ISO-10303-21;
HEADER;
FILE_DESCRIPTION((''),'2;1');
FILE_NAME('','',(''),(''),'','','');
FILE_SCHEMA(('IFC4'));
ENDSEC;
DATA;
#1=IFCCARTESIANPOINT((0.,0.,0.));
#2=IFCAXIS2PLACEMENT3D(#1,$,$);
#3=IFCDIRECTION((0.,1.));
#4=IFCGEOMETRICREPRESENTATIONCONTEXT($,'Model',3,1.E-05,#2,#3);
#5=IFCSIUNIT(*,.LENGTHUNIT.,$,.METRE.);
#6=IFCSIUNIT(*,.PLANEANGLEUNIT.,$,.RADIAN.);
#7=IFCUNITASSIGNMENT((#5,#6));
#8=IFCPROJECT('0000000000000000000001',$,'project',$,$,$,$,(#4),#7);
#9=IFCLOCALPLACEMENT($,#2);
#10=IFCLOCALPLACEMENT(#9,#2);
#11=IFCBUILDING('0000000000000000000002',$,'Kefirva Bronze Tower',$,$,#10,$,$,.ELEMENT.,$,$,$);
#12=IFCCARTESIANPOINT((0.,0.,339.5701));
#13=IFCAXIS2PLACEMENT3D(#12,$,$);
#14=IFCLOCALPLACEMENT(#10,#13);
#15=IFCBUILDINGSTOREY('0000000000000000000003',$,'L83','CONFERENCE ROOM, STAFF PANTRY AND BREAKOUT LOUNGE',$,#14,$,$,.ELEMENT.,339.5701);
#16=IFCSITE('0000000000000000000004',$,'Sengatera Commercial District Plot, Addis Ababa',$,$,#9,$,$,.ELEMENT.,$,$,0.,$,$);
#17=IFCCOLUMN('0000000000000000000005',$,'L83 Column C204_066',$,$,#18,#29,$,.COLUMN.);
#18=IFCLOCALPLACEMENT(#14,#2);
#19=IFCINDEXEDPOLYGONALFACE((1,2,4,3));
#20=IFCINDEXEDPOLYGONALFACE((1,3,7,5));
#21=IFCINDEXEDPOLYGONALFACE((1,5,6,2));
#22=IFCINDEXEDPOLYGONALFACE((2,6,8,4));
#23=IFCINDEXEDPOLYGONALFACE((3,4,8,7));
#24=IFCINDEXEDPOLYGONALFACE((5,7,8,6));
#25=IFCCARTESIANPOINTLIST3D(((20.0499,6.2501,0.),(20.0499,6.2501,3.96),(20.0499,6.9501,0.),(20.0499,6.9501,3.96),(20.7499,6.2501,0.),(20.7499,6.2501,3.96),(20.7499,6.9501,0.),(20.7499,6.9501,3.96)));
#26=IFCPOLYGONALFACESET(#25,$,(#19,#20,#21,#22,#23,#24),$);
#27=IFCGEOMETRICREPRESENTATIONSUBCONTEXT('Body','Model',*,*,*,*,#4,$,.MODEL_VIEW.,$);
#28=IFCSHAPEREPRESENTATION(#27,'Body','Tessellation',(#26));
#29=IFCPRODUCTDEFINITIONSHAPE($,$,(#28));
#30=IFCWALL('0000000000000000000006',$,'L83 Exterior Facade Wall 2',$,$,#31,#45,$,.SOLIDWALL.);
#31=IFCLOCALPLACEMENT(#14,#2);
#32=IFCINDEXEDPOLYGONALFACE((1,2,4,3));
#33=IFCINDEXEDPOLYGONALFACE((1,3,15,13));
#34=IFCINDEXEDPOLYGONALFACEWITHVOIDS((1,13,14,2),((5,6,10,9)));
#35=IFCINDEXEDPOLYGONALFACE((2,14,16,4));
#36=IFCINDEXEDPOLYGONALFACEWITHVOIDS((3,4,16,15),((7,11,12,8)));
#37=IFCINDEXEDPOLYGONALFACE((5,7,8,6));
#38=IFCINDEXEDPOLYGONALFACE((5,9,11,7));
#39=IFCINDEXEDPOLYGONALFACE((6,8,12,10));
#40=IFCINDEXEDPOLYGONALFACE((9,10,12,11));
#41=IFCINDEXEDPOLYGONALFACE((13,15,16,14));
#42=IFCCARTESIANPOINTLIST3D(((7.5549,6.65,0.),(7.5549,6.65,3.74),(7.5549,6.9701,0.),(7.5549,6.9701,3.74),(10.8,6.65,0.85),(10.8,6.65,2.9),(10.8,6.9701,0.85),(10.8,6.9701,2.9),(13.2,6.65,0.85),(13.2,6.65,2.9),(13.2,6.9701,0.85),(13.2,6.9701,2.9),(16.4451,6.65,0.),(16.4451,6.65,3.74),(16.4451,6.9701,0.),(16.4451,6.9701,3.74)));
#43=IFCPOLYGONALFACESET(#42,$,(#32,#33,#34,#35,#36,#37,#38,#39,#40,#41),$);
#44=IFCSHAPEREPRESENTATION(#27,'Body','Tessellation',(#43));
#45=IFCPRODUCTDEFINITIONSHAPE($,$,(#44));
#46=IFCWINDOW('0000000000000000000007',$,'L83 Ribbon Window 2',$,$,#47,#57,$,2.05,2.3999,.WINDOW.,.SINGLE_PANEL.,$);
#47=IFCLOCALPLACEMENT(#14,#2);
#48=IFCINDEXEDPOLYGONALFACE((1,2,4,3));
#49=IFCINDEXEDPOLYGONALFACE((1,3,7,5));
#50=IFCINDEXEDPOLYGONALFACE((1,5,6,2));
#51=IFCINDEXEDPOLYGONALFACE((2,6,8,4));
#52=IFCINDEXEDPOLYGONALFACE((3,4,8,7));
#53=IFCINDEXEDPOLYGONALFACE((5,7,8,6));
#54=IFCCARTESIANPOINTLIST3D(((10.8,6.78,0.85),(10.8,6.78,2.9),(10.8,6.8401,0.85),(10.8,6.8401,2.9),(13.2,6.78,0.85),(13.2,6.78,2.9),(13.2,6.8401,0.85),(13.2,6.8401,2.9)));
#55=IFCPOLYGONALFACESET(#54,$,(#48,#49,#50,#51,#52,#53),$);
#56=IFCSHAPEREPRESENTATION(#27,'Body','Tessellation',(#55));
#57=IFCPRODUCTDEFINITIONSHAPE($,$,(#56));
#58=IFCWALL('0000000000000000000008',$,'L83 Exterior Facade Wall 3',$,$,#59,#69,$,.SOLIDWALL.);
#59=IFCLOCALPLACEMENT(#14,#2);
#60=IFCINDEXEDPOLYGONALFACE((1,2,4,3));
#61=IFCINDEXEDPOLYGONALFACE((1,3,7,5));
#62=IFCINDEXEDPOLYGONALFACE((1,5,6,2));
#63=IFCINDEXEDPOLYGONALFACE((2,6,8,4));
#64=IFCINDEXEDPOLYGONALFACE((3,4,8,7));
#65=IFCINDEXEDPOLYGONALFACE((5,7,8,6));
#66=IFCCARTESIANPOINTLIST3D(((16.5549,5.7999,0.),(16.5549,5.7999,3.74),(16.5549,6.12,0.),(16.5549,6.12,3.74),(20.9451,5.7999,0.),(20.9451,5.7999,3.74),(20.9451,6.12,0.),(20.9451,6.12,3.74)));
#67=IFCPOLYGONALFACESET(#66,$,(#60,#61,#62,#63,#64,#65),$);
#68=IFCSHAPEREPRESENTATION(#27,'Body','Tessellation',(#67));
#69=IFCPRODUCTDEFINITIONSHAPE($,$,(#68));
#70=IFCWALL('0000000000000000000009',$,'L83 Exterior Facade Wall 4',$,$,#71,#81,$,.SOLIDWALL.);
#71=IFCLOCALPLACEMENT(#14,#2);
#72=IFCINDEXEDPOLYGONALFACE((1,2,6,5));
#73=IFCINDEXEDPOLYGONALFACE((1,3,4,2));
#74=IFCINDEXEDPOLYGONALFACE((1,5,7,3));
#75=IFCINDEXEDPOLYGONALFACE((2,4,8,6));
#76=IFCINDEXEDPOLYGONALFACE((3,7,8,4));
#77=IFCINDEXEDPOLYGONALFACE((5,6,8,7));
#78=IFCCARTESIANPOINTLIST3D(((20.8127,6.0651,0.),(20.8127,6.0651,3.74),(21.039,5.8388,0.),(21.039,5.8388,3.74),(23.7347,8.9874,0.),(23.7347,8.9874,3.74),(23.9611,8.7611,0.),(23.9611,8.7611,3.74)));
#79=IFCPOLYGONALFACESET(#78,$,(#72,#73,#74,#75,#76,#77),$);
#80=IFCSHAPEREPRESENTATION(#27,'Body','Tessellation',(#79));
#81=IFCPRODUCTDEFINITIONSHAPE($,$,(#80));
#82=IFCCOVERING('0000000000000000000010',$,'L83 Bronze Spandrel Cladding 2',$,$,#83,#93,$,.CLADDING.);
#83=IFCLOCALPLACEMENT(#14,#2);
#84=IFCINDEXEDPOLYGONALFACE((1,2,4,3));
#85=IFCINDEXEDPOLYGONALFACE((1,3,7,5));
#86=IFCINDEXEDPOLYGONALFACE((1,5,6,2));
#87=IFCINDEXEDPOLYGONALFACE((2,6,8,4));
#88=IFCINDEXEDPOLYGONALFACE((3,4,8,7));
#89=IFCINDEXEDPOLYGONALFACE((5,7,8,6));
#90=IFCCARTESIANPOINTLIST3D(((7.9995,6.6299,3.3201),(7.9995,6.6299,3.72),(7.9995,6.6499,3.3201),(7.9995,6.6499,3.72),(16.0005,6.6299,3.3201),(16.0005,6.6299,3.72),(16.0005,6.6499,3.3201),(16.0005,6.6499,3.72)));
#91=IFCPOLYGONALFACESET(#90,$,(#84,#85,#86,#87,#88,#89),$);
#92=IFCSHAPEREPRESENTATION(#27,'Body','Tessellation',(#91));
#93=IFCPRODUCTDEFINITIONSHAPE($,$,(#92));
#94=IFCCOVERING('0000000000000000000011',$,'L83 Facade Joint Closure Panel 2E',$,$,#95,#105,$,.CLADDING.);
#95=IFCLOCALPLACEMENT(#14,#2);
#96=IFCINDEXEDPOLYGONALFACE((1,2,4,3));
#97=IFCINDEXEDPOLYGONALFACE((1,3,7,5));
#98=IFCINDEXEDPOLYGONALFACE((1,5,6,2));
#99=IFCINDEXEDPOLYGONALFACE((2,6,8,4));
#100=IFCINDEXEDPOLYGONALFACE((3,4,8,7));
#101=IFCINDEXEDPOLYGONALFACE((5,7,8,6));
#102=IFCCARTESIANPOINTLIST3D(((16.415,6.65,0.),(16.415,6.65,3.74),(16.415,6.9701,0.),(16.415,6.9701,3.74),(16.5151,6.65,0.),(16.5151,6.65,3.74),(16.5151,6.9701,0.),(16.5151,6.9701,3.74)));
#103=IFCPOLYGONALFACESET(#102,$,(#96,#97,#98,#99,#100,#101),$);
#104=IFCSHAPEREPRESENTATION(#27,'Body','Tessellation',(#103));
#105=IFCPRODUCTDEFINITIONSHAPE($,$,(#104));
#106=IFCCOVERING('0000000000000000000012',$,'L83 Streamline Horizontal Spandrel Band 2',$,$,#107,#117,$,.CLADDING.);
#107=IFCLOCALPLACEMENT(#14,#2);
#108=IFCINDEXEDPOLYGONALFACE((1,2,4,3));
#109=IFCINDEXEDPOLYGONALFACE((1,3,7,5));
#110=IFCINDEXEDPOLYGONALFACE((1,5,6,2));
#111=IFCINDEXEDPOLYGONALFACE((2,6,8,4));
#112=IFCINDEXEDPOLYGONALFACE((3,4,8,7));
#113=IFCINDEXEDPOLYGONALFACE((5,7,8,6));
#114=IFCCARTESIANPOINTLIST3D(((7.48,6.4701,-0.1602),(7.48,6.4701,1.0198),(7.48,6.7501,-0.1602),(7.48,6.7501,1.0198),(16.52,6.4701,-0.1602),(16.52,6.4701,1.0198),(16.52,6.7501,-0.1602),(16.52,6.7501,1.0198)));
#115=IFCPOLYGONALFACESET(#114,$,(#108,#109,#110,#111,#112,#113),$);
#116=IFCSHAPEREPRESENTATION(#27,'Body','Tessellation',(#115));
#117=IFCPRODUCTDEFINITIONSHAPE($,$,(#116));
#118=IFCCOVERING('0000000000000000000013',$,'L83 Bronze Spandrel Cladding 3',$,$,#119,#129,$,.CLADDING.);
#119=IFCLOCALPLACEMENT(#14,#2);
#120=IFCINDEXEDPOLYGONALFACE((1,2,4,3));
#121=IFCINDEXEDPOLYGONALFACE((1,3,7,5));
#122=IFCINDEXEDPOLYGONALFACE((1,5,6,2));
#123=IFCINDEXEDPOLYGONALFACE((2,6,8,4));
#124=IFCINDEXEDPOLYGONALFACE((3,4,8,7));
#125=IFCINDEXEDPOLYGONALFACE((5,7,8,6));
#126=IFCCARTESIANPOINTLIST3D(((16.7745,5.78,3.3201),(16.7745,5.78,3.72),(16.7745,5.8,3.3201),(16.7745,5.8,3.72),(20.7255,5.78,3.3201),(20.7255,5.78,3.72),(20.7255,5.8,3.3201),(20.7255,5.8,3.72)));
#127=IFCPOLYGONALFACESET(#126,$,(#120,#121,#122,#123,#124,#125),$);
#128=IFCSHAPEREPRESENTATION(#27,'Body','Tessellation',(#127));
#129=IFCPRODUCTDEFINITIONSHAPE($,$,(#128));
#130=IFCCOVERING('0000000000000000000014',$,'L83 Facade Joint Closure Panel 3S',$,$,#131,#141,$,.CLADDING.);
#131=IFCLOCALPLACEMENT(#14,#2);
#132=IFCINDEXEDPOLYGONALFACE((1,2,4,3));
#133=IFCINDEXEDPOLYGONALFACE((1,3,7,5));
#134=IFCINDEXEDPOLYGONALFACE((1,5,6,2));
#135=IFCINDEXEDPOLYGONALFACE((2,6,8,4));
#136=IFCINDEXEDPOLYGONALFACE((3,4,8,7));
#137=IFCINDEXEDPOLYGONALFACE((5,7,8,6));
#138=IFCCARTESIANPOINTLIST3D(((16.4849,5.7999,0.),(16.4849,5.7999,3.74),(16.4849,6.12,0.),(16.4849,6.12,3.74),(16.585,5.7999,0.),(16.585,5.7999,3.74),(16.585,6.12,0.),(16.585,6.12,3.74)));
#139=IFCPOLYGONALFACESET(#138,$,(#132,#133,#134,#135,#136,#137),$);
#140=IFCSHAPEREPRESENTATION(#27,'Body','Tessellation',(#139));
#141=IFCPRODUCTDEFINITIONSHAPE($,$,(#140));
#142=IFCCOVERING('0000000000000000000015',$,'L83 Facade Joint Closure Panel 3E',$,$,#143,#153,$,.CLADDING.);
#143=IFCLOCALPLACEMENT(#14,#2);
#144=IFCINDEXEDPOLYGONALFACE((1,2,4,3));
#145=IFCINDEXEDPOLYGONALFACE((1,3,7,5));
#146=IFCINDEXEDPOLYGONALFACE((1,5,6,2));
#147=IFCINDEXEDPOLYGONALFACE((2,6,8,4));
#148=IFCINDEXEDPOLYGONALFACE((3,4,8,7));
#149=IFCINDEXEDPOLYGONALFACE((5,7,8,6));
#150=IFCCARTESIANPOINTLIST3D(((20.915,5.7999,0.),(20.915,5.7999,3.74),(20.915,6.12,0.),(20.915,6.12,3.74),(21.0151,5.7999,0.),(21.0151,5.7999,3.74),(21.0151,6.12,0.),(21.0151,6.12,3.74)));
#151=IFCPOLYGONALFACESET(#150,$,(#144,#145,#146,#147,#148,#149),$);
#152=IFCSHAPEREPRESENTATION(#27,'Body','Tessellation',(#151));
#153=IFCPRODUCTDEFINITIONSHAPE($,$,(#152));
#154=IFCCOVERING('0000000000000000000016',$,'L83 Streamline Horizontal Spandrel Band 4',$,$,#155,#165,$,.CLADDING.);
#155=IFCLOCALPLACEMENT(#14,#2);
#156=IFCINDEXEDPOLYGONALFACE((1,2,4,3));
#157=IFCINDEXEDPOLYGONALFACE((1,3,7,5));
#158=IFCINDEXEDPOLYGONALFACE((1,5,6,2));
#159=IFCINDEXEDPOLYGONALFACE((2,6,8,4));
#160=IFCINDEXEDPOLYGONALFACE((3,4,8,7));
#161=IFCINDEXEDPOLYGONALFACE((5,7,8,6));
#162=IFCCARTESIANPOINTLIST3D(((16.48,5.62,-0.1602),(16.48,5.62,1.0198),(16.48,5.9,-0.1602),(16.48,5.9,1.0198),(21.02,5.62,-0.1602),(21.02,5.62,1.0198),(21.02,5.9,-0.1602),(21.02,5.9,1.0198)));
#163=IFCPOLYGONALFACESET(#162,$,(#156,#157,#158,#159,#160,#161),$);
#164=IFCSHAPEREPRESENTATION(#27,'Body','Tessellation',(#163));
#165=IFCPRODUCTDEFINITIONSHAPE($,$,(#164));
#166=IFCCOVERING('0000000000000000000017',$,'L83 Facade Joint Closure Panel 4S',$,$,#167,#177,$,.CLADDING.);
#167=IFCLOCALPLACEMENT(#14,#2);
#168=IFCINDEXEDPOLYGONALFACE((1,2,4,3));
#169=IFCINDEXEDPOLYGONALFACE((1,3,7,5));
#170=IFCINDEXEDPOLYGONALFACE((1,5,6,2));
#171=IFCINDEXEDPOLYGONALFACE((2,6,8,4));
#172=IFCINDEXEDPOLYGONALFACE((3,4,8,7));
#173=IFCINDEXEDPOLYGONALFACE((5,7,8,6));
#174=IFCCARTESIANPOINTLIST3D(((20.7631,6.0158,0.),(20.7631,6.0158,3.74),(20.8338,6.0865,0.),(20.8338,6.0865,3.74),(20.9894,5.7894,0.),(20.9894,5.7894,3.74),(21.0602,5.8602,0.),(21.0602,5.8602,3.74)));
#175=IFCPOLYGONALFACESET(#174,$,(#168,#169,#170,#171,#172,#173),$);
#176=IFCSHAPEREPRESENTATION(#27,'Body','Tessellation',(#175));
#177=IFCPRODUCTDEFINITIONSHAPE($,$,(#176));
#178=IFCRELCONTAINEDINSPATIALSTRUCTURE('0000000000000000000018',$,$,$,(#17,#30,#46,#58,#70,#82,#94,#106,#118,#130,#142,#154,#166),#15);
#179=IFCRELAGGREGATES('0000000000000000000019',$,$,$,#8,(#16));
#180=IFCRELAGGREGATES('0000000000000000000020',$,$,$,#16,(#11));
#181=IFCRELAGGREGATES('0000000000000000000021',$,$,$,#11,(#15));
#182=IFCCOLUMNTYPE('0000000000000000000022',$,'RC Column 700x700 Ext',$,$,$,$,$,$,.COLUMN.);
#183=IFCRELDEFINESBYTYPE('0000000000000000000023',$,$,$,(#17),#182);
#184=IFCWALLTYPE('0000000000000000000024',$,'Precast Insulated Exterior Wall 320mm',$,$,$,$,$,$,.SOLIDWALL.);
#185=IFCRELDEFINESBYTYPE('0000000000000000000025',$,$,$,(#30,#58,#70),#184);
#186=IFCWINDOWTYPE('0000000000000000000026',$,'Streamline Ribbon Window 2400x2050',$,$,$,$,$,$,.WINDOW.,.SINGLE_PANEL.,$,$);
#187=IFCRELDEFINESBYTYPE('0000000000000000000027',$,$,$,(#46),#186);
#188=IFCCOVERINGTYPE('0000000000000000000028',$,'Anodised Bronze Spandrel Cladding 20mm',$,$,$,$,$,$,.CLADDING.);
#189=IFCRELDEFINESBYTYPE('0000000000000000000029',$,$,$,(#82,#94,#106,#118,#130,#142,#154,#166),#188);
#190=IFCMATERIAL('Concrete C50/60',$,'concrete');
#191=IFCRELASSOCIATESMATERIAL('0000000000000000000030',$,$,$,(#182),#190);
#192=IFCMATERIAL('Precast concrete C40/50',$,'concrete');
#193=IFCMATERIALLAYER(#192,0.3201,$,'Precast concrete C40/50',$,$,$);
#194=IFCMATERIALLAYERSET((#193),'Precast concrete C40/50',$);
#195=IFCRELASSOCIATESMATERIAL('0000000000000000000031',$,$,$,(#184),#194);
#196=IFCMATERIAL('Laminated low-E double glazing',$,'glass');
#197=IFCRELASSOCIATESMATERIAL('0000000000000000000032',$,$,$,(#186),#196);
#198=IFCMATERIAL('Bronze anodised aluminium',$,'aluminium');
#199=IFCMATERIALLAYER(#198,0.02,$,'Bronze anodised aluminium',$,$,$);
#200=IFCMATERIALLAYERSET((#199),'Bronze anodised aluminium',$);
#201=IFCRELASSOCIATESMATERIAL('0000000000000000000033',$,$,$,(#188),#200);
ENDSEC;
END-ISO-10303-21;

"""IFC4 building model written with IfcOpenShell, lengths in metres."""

from ifc_helpers import new_model, si_unit, direction, frame, frame_2d, origin, origin_2d, place, context, subcontext, project, spatial, rectangle, extrude, material, layer, layer_set, material_profile, profile_set, type_object, element, fill, save


model = new_model("IFC4")

# Units and contexts
model_context = context("Model", 3, precision=1e-05, world=origin(), true_north=direction((0.0, 1.0)))
body_context = subcontext(model_context, "Body", "Model", "MODEL_VIEW")
ifc_project = project(units=[si_unit("LENGTHUNIT", "METRE"), si_unit("PLANEANGLEUNIT", "RADIAN")], contexts=[model_context])

# Site, building, storey
site_placement = place(None, origin())
site = spatial("IfcSite", under=ifc_project, at=site_placement, Name="Sengatera Commercial District Plot, Addis Ababa", CompositionType="ELEMENT", RefElevation=0.0)
building_placement = place(site_placement, origin())
building = spatial("IfcBuilding", under=site, at=building_placement, Name="Kefirva Bronze Tower", CompositionType="ELEMENT")
storey_placement = place(building_placement, frame((0.0, 0.0, 339.5701)))
storey = spatial("IfcBuildingStorey", under=building, at=storey_placement, Name="L83", Description="CONFERENCE ROOM, STAFF PANTRY AND BREAKOUT LOUNGE", CompositionType="ELEMENT", Elevation=339.5701)

# Column
ifc_material_1 = material(Name="Concrete C50/60", Category="concrete")
ifc_material_profile = material_profile(ifc_material_1, rectangle(XDim=0.7, YDim=0.7, at=origin_2d()), Name="RC 700x700")
ifc_profile_set = profile_set([ifc_material_profile], Name="Concrete C50/60")
column_type = type_object("IfcColumnType", Name="RC Column 700x700 Ext", PredefinedType="COLUMN", material=ifc_profile_set)
column_placement = place(storey_placement, frame((20.3999, 6.6001, 0.0), z_axis=(0.0, 0.0, 1.0), x_axis=(1.0, 0.0, 0.0)))
element("IfcColumn", 1, at=column_placement, inside=storey, type_object=column_type, Name="L83 Column C204_066", PredefinedType="COLUMN", context=body_context, shape_type="SweptSolid", body=[
    extrude(rectangle(XDim=0.7, YDim=0.7, at=origin_2d()), origin(), (0.0, 0.0, 1.0), 3.96),
])

# Wall, opening, window
ifc_material_2 = material(Name="Precast concrete C40/50", Category="concrete")
ifc_layer_1 = layer(ifc_material_2, 0.3201, Name="Precast concrete C40/50")
ifc_layer_set_1 = layer_set([ifc_layer_1], Name="Precast concrete C40/50")
wall_type = type_object("IfcWallType", Name="Precast Insulated Exterior Wall 320mm", PredefinedType="SOLIDWALL", material=ifc_layer_set_1)
wall_1_placement = place(storey_placement, frame((7.5549, 6.8101, 0.0), z_axis=(0.0, 0.0, 1.0), x_axis=(1.0, 0.0, 0.0)))
wall_1 = element("IfcWall", 2, at=wall_1_placement, inside=storey, type_object=wall_type, Name="L83 Exterior Facade Wall 2", PredefinedType="SOLIDWALL", context=body_context, shape_type="SweptSolid", body=[
    extrude(rectangle(XDim=8.8901, YDim=0.3201, at=frame_2d((4.4451, 0.0))), origin(), (0.0, 0.0, 1.0), 3.74),
])
opening_placement = place(wall_1_placement, frame((3.2451, 0.0, 0.8501)))
opening = element("IfcOpeningElement", 3, at=opening_placement, cuts=wall_1, PredefinedType="OPENING", context=body_context, shape_type="SweptSolid", body=[
    extrude(rectangle(XDim=2.3999, YDim=2.05, at=frame_2d((1.2, 1.0249))), frame((0.0, 0.1699, 0.0), z_axis=(0.0, -1.0, 0.0), x_axis=(1.0, 0.0, 0.0)), (0.0, 0.0, 1.0), 0.3401),
])
ifc_material_3 = material(Name="Laminated low-E double glazing", Category="glass")
window_type = type_object("IfcWindowType", Name="Streamline Ribbon Window 2400x2050", PartitioningType="SINGLE_PANEL", PredefinedType="WINDOW", material=ifc_material_3)
window_placement = place(opening_placement, origin())
window = element("IfcWindow", 4, at=window_placement, inside=storey, type_object=window_type, Name="L83 Ribbon Window 2", OverallHeight=2.05, OverallWidth=2.3999, PartitioningType="SINGLE_PANEL", PredefinedType="WINDOW", context=body_context, shape_type="SweptSolid", body=[
    extrude(rectangle(XDim=2.3999, YDim=2.05, at=frame_2d((1.2, 1.0249))), frame((0.0, 0.03, 0.0), z_axis=(0.0, -1.0, 0.0), x_axis=(1.0, 0.0, 0.0)), (0.0, 0.0, 1.0), 0.0601),
])
fill(opening, window)

# Walls
wall_2_placement = place(storey_placement, frame((16.5549, 5.96, 0.0), z_axis=(0.0, 0.0, 1.0), x_axis=(1.0, 0.0, 0.0)))
element("IfcWall", 5, at=wall_2_placement, inside=storey, type_object=wall_type, Name="L83 Exterior Facade Wall 3", PredefinedType="SOLIDWALL", context=body_context, shape_type="SweptSolid", body=[
    extrude(rectangle(XDim=4.3901, YDim=0.3201, at=frame_2d((2.1951, 0.0))), origin(), (0.0, 0.0, 1.0), 3.74),
])
wall_3_placement = place(storey_placement, frame((20.9258, 5.9519, 0.0), z_axis=(0.0, 0.0, 1.0), x_axis=(0.707077, 0.707136, 0.0)))
element("IfcWall", 6, at=wall_3_placement, inside=storey, type_object=wall_type, Name="L83 Exterior Facade Wall 4", PredefinedType="SOLIDWALL", context=body_context, shape_type="SweptSolid", body=[
    extrude(rectangle(XDim=4.1326, YDim=0.3201, at=frame_2d((2.0664, 0.0))), origin(), (0.0, 0.0, 1.0), 3.74),
])

# Coverings
ifc_material_4 = material(Name="Bronze anodised aluminium", Category="aluminium")
ifc_layer_2 = layer(ifc_material_4, 0.02, Name="Bronze anodised aluminium")
ifc_layer_set_2 = layer_set([ifc_layer_2], Name="Bronze anodised aluminium")
covering_type_1 = type_object("IfcCoveringType", Name="Anodised Bronze Spandrel Cladding 20mm", PredefinedType="CLADDING", material=ifc_layer_set_2)
covering_1_placement = place(storey_placement, frame((12.0, 6.6399, 3.3201), z_axis=(0.0, 0.0, 1.0), x_axis=(1.0, 0.0, 0.0)))
element("IfcCovering", 7, at=covering_1_placement, inside=storey, type_object=covering_type_1, Name="L83 Bronze Spandrel Cladding 2", PredefinedType="CLADDING", context=body_context, shape_type="SweptSolid", body=[
    extrude(rectangle(XDim=8.001, YDim=0.02, at=origin_2d()), origin(), (0.0, 0.0, 1.0), 0.3999),
])
covering_2_placement = place(storey_placement, frame((16.4651, 6.8101, 0.0), z_axis=(0.0, 0.0, 1.0), x_axis=(1.0, 0.0, 0.0)))
element("IfcCovering", 8, at=covering_2_placement, inside=storey, type_object=covering_type_1, Name="L83 Facade Joint Closure Panel 2E", PredefinedType="CLADDING", context=body_context, shape_type="SweptSolid", body=[
    extrude(rectangle(XDim=0.1001, YDim=0.3201, at=origin_2d()), origin(), (0.0, 0.0, 1.0), 3.74),
])
covering_3_placement = place(storey_placement, frame((12.0, 6.6101, -0.1602), z_axis=(0.0, 0.0, 1.0), x_axis=(1.0, 0.0, 0.0)))
element("IfcCovering", 9, at=covering_3_placement, inside=storey, type_object=covering_type_1, Name="L83 Streamline Horizontal Spandrel Band 2", PredefinedType="CLADDING", context=body_context, shape_type="SweptSolid", body=[
    extrude(rectangle(XDim=9.04, YDim=0.28, at=origin_2d()), origin(), (0.0, 0.0, 1.0), 1.1799),
])
covering_4_placement = place(storey_placement, frame((18.75, 5.79, 3.3201), z_axis=(0.0, 0.0, 1.0), x_axis=(1.0, 0.0, 0.0)))
element("IfcCovering", 10, at=covering_4_placement, inside=storey, type_object=covering_type_1, Name="L83 Bronze Spandrel Cladding 3", PredefinedType="CLADDING", context=body_context, shape_type="SweptSolid", body=[
    extrude(rectangle(XDim=3.9509, YDim=0.02, at=origin_2d()), origin(), (0.0, 0.0, 1.0), 0.3999),
])
for number, where, z_axis, x_axis, name in (
    (11, (16.5349, 5.96, 0.0), (0.0, 0.0, 1.0), (1.0, 0.0, 0.0), "L83 Facade Joint Closure Panel 3S"),
    (12, (20.9651, 5.96, 0.0), (0.0, 0.0, 1.0), (1.0, 0.0, 0.0), "L83 Facade Joint Closure Panel 3E"),
):
    element("IfcCovering", number, at=place(storey_placement, frame(where, z_axis=z_axis, x_axis=x_axis)), inside=storey, type_object=covering_type_1, Name=name, PredefinedType="CLADDING", context=body_context, shape_type="SweptSolid", body=[
        extrude(rectangle(XDim=0.1001, YDim=0.3201, at=origin_2d()), origin(), (0.0, 0.0, 1.0), 3.74),
    ])
covering_5_placement = place(storey_placement, frame((18.75, 5.76, -0.1602), z_axis=(0.0, 0.0, 1.0), x_axis=(1.0, 0.0, 0.0)))
element("IfcCovering", 13, at=covering_5_placement, inside=storey, type_object=covering_type_1, Name="L83 Streamline Horizontal Spandrel Band 4", PredefinedType="CLADDING", context=body_context, shape_type="SweptSolid", body=[
    extrude(rectangle(XDim=4.54, YDim=0.28, at=origin_2d()), origin(), (0.0, 0.0, 1.0), 1.1799),
])
covering_6_placement = place(storey_placement, frame((20.9116, 5.938, 0.0), z_axis=(0.0, 0.0, 1.0), x_axis=(0.707107, 0.707107, 0.0)))
element("IfcCovering", 14, at=covering_6_placement, inside=storey, type_object=covering_type_1, Name="L83 Facade Joint Closure Panel 4S", PredefinedType="CLADDING", context=body_context, shape_type="SweptSolid", body=[
    extrude(rectangle(XDim=0.1001, YDim=0.3201, at=origin_2d()), origin(), (0.0, 0.0, 1.0), 3.74),
])

save(model, "model.ifc")
